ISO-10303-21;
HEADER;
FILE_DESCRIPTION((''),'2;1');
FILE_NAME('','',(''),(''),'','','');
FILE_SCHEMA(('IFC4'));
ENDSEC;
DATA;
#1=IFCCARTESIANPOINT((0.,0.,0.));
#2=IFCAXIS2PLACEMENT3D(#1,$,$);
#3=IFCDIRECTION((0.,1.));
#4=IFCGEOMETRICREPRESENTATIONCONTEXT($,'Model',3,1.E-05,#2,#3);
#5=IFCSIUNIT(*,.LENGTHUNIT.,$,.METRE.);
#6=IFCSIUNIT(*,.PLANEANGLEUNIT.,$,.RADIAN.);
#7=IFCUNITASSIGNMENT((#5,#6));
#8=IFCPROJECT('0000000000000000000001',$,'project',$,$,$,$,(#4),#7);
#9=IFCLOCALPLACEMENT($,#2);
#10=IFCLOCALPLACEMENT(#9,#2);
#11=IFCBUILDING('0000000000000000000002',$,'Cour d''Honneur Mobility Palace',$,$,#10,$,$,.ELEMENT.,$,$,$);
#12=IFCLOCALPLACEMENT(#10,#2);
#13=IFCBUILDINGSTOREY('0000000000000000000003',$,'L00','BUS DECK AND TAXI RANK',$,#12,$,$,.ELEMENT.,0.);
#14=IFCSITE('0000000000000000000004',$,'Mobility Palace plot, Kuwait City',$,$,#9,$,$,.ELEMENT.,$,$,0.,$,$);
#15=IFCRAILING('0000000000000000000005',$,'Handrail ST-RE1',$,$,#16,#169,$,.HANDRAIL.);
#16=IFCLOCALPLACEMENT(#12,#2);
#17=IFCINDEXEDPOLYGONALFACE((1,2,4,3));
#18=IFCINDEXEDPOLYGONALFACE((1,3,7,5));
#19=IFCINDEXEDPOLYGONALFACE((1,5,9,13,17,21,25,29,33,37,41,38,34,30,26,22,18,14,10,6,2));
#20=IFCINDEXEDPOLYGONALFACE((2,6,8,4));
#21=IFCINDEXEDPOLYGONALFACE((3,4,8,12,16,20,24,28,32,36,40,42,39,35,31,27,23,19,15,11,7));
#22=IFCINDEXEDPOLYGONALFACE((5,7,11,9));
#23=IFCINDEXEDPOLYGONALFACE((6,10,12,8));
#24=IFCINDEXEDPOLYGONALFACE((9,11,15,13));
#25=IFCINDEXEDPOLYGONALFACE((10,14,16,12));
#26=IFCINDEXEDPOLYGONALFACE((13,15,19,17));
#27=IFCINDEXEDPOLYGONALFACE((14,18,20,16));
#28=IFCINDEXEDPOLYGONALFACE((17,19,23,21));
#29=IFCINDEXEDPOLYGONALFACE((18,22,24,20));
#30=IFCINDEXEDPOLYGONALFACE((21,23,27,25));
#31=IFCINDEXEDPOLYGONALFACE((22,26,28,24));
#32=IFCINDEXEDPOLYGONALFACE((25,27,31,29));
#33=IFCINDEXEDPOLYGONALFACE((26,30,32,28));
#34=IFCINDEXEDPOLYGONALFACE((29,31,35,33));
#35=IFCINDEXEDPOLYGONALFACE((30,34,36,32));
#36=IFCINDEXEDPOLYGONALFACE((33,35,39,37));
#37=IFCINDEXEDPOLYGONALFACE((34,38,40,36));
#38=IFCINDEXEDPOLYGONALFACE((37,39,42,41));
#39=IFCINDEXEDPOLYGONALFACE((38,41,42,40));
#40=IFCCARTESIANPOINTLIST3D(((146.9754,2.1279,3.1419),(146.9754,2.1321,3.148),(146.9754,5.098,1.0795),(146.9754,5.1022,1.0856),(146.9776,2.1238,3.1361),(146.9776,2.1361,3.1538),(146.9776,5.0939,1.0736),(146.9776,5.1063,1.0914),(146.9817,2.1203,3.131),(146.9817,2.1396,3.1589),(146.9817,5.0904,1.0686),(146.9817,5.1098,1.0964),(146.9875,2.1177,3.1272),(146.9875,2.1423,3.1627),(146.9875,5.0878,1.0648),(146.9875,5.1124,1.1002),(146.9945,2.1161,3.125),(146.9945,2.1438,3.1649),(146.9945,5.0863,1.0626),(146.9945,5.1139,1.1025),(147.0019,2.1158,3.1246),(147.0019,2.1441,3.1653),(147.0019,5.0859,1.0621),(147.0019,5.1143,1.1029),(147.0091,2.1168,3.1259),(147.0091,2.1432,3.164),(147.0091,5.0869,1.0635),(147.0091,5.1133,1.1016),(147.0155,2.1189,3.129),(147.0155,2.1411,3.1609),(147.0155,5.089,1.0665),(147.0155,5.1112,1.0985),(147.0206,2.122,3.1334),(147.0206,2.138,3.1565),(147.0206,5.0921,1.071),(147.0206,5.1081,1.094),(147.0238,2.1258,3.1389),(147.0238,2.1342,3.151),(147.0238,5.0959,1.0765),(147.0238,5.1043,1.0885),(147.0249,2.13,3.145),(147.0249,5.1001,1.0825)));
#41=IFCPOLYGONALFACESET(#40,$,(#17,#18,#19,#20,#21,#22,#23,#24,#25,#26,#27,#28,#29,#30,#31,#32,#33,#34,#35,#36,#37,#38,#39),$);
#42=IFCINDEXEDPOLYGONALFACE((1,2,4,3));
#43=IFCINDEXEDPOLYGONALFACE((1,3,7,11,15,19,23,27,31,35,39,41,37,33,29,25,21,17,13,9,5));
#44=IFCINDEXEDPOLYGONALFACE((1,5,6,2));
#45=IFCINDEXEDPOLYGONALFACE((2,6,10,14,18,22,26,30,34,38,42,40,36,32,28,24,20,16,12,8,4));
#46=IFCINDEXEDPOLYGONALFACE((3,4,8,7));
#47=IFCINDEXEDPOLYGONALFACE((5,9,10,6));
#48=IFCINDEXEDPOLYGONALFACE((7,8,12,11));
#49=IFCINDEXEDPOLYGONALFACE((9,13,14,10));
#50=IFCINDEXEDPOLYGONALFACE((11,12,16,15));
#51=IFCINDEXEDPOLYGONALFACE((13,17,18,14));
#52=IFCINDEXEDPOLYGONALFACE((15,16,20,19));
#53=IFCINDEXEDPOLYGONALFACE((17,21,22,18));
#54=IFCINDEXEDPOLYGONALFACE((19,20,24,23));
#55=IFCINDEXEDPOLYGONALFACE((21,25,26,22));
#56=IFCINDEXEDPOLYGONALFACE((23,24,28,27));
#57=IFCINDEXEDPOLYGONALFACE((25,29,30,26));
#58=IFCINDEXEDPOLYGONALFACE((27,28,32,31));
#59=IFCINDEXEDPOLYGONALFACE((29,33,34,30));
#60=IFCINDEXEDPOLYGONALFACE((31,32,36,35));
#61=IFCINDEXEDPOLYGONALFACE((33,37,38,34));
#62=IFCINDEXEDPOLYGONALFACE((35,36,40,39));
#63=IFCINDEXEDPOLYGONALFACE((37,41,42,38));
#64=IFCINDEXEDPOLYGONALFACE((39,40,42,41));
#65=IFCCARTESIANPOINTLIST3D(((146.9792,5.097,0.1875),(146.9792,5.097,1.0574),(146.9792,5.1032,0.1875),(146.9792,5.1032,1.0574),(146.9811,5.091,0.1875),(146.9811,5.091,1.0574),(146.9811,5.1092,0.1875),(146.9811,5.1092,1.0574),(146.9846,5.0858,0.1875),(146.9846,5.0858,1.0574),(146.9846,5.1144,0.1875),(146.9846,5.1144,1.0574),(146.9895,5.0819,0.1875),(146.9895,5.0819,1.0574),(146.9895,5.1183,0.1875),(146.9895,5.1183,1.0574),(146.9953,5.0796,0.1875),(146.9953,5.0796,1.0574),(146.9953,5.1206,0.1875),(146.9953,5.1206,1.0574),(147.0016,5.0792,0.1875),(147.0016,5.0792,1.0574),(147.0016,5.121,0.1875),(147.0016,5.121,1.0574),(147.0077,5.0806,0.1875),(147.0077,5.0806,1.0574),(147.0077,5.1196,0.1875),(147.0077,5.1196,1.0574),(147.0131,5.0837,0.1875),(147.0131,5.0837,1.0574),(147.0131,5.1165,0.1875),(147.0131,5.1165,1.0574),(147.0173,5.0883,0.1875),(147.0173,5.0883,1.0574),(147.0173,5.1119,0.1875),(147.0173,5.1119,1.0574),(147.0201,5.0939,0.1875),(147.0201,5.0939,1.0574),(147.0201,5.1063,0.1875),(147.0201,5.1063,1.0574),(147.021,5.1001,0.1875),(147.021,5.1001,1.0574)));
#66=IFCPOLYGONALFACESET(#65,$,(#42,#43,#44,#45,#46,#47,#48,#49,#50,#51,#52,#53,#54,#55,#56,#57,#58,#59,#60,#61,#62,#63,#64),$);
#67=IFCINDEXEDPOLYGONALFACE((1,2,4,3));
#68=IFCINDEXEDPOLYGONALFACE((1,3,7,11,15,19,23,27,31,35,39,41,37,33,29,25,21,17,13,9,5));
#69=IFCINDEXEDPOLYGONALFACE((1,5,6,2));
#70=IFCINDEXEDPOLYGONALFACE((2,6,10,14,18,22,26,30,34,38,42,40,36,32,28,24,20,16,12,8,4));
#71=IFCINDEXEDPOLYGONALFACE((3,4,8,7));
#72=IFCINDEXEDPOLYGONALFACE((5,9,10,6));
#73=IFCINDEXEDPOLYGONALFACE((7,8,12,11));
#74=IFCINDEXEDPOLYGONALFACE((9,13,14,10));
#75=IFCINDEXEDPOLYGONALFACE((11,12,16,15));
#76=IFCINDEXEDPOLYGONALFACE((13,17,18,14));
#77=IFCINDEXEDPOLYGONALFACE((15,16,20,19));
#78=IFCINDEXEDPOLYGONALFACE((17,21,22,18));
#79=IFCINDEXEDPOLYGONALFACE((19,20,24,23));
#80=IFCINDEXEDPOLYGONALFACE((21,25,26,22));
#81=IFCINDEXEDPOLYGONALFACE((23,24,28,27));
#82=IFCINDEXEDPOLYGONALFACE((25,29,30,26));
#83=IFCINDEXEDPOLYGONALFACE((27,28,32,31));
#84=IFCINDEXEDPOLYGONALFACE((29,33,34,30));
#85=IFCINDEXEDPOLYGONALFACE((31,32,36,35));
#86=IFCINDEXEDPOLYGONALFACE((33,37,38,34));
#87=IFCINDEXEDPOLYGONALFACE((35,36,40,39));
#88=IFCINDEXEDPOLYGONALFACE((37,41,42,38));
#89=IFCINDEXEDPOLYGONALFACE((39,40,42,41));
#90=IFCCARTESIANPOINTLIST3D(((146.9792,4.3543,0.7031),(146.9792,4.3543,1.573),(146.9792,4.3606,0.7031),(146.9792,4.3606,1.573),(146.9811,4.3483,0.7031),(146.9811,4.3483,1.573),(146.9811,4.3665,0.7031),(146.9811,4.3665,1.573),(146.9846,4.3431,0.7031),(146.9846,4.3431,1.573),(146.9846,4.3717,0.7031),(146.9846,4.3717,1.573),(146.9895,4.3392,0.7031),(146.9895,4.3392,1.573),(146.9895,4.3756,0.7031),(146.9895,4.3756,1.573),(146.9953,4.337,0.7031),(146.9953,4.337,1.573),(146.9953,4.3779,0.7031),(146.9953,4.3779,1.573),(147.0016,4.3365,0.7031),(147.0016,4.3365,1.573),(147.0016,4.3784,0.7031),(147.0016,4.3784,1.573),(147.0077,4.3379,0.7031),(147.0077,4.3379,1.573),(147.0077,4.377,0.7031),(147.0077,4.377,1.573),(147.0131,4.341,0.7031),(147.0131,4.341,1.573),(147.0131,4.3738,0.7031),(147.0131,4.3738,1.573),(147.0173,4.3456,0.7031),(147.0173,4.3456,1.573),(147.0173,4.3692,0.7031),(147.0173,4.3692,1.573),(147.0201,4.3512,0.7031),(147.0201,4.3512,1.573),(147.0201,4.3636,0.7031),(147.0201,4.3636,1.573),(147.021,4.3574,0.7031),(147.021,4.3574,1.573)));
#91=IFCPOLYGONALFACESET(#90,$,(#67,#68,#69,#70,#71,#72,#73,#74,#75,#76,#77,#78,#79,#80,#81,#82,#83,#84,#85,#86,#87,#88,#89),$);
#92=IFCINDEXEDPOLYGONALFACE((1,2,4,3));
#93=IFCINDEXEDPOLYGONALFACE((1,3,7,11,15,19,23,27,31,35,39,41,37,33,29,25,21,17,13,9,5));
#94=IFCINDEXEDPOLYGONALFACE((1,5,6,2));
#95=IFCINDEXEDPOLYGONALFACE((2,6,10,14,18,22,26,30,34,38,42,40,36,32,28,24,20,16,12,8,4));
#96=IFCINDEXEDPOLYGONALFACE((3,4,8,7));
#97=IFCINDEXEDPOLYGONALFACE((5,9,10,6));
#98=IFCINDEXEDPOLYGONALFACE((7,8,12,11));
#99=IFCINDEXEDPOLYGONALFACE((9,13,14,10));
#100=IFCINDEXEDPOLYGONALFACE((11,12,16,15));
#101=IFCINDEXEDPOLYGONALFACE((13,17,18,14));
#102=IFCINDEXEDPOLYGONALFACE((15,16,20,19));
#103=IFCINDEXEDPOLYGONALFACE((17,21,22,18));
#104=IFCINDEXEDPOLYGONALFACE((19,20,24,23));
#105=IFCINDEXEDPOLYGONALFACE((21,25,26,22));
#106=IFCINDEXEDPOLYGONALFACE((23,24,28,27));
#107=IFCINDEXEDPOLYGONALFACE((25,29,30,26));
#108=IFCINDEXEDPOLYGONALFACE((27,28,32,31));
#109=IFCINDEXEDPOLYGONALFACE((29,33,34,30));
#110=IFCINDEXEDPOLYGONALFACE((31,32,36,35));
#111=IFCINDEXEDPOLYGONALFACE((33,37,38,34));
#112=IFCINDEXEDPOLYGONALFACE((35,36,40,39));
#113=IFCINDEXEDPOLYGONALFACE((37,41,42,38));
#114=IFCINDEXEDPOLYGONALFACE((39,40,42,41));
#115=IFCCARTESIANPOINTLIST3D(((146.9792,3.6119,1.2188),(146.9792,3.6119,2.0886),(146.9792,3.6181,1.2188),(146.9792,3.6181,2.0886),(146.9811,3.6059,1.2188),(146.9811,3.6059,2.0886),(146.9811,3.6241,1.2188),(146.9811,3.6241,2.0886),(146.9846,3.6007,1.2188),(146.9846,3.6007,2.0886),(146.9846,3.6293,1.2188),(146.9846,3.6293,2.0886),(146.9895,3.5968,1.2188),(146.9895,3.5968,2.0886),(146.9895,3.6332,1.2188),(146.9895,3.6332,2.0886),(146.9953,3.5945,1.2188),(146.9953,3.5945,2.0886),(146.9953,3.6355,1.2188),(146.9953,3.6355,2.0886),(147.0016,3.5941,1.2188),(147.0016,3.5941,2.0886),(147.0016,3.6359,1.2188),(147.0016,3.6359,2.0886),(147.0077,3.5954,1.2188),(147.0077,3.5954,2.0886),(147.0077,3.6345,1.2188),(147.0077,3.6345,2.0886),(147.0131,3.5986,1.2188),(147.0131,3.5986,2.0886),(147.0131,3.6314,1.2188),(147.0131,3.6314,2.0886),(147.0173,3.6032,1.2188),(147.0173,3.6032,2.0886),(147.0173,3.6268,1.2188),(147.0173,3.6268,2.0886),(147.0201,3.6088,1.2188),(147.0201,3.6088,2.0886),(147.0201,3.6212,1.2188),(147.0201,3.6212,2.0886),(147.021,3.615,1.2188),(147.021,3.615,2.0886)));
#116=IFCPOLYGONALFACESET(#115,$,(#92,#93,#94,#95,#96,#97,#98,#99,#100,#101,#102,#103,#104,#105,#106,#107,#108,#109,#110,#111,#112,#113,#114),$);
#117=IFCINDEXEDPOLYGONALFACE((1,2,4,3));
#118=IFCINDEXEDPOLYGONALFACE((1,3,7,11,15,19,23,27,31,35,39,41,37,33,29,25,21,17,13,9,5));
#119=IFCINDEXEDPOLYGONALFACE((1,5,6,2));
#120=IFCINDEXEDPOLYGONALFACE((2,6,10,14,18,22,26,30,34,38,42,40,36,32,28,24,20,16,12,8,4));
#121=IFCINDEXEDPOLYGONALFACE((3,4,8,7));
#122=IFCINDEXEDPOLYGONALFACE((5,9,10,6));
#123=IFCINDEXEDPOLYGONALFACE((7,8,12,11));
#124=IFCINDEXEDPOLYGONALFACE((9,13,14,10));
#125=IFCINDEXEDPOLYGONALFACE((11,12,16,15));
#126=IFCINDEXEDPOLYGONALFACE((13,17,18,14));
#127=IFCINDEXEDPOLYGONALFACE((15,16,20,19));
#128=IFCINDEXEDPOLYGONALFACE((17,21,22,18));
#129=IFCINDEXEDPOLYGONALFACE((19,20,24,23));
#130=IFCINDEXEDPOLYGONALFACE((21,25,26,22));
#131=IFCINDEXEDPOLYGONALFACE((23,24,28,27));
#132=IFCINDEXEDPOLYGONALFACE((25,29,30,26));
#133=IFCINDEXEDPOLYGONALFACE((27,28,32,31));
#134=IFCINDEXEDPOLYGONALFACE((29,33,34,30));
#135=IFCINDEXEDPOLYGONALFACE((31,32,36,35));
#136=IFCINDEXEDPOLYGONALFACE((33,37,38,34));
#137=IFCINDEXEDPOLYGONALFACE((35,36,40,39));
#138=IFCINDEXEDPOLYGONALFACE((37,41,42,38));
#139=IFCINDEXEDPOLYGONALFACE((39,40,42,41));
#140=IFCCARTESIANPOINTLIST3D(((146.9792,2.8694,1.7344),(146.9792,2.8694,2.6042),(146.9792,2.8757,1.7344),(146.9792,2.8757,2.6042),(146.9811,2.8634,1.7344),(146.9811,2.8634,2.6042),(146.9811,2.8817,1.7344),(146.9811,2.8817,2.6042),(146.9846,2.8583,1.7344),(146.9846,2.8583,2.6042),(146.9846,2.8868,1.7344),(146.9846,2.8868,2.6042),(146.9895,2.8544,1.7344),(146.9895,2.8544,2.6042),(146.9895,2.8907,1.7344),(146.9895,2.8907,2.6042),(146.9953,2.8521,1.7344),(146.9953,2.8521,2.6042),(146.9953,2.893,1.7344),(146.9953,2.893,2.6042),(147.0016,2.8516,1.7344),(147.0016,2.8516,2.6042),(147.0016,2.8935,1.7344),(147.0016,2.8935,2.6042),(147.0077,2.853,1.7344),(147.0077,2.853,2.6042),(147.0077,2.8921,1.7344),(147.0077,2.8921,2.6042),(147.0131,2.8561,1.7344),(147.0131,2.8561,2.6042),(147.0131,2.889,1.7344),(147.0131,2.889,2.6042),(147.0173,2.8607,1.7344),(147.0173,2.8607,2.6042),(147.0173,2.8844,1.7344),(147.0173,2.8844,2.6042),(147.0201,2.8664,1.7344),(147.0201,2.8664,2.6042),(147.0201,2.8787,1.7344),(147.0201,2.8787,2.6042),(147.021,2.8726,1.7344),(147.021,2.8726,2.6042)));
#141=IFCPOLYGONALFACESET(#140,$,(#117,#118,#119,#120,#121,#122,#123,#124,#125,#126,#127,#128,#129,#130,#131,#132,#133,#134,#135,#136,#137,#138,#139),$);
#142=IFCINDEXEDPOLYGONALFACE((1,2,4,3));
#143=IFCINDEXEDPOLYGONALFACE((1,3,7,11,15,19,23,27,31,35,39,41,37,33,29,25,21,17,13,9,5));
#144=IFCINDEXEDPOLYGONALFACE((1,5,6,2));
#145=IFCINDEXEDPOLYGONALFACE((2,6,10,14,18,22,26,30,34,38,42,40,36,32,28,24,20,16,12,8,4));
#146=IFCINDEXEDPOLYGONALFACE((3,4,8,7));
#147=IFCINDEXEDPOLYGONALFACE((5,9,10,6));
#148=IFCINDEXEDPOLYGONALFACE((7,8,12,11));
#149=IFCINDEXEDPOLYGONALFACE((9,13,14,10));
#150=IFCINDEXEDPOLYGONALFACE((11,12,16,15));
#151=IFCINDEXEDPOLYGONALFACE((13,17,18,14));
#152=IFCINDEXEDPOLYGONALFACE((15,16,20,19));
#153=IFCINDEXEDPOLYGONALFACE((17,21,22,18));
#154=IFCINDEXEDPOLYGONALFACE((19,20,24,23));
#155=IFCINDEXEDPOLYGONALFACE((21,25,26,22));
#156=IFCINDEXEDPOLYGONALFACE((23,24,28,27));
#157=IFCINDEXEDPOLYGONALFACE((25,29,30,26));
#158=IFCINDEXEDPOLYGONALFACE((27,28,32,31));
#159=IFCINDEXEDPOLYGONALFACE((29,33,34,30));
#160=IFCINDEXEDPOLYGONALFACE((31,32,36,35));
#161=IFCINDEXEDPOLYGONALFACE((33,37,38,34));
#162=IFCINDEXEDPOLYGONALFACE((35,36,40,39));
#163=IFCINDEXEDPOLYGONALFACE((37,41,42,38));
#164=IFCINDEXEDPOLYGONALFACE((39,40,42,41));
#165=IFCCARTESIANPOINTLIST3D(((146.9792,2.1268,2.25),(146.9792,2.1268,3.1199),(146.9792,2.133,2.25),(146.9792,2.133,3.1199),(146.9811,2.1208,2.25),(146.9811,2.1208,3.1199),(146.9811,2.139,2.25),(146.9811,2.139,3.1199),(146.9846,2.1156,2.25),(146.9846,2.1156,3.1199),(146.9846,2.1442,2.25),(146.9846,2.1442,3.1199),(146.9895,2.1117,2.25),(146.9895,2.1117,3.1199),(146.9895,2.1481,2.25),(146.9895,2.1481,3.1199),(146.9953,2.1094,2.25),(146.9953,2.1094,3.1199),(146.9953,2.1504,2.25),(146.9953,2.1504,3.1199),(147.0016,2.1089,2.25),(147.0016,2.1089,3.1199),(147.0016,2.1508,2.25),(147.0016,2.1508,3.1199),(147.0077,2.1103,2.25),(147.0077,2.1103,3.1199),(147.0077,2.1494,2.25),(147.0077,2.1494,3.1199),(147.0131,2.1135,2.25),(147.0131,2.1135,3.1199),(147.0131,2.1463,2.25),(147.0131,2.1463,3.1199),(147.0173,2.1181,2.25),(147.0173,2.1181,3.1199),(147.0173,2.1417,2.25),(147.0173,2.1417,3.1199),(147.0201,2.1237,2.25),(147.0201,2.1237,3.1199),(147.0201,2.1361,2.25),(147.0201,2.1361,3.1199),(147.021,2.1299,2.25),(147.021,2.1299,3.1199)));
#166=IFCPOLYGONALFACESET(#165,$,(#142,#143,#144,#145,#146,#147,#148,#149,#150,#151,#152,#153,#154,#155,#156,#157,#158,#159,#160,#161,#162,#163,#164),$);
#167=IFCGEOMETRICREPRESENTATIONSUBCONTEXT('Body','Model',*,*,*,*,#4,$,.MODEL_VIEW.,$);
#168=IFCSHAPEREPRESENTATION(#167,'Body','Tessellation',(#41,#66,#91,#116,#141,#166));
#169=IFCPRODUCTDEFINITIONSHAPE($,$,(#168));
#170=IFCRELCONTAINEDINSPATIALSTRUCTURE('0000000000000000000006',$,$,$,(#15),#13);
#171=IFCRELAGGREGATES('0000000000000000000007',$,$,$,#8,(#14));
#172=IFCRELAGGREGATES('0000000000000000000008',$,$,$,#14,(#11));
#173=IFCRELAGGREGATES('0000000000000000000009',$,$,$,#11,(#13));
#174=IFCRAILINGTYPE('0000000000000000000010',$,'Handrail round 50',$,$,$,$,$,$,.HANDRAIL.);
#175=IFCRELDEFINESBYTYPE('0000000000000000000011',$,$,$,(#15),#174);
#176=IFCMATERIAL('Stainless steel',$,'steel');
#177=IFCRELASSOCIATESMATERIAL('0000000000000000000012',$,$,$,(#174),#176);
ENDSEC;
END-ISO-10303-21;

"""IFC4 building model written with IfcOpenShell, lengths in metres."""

from ifc_helpers import new_model, si_unit, direction, frame, origin, origin_2d, place, context, subcontext, project, spatial, circle, extrude, material, type_object, element, save


model = new_model("IFC4")

# Units and contexts
model_context = context("Model", 3, precision=1e-05, world=origin(), true_north=direction((0.0, 1.0)))
body_context = subcontext(model_context, "Body", "Model", "MODEL_VIEW")
ifc_project = project(units=[si_unit("LENGTHUNIT", "METRE"), si_unit("PLANEANGLEUNIT", "RADIAN")], contexts=[model_context])

# Site, building, storey
site_placement = place(None, origin())
site = spatial("IfcSite", under=ifc_project, at=site_placement, Name="Mobility Palace plot, Kuwait City", CompositionType="ELEMENT", RefElevation=0.0)
building_placement = place(site_placement, origin())
building = spatial("IfcBuilding", under=site, at=building_placement, Name="Cour d'Honneur Mobility Palace", CompositionType="ELEMENT")
storey_placement = place(building_placement, origin())
storey = spatial("IfcBuildingStorey", under=building, at=storey_placement, Name="L00", Description="BUS DECK AND TAXI RANK", CompositionType="ELEMENT", Elevation=0.0)

# Railing
ifc_material_1 = material(Name="Stainless steel", Category="steel")
railing_type_1 = type_object("IfcRailingType", Name="Handrail round 50", PredefinedType="HANDRAIL", material=ifc_material_1)
for number, where, name in (
    (1, (147.0, 5.1001, 0.1875), "Handrail ST-RE1"),
):
    element("IfcRailing", number, at=place(storey_placement, frame(where)), inside=storey, type_object=railing_type_1, Name=name, PredefinedType="HANDRAIL", context=body_context, shape_type="SweptSolid", body=[
        extrude(circle(Radius=0.0249, at=origin_2d()), frame((0.0, 0.0, 0.895), z_axis=(0.0, -0.821389, 0.570368), x_axis=(1.0, 0.0, 0.0)), (0.0, 0.0, 1.0), 3.616),
        extrude(circle(Radius=0.021, at=origin_2d()), origin(), (0.0, 0.0, 1.0), 0.8699),
        extrude(circle(Radius=0.021, at=origin_2d()), frame((0.0, -0.7427, 0.5156)), (0.0, 0.0, 1.0), 0.8699),
        extrude(circle(Radius=0.021, at=origin_2d()), frame((0.0, -1.4851, 1.0312)), (0.0, 0.0, 1.0), 0.8699),
        extrude(circle(Radius=0.021, at=origin_2d()), frame((0.0, -2.2275, 1.5469)), (0.0, 0.0, 1.0), 0.8699),
        extrude(circle(Radius=0.021, at=origin_2d()), frame((0.0, -2.9702, 2.0625)), (0.0, 0.0, 1.0), 0.8699),
    ])

save(model, "model.ifc")
